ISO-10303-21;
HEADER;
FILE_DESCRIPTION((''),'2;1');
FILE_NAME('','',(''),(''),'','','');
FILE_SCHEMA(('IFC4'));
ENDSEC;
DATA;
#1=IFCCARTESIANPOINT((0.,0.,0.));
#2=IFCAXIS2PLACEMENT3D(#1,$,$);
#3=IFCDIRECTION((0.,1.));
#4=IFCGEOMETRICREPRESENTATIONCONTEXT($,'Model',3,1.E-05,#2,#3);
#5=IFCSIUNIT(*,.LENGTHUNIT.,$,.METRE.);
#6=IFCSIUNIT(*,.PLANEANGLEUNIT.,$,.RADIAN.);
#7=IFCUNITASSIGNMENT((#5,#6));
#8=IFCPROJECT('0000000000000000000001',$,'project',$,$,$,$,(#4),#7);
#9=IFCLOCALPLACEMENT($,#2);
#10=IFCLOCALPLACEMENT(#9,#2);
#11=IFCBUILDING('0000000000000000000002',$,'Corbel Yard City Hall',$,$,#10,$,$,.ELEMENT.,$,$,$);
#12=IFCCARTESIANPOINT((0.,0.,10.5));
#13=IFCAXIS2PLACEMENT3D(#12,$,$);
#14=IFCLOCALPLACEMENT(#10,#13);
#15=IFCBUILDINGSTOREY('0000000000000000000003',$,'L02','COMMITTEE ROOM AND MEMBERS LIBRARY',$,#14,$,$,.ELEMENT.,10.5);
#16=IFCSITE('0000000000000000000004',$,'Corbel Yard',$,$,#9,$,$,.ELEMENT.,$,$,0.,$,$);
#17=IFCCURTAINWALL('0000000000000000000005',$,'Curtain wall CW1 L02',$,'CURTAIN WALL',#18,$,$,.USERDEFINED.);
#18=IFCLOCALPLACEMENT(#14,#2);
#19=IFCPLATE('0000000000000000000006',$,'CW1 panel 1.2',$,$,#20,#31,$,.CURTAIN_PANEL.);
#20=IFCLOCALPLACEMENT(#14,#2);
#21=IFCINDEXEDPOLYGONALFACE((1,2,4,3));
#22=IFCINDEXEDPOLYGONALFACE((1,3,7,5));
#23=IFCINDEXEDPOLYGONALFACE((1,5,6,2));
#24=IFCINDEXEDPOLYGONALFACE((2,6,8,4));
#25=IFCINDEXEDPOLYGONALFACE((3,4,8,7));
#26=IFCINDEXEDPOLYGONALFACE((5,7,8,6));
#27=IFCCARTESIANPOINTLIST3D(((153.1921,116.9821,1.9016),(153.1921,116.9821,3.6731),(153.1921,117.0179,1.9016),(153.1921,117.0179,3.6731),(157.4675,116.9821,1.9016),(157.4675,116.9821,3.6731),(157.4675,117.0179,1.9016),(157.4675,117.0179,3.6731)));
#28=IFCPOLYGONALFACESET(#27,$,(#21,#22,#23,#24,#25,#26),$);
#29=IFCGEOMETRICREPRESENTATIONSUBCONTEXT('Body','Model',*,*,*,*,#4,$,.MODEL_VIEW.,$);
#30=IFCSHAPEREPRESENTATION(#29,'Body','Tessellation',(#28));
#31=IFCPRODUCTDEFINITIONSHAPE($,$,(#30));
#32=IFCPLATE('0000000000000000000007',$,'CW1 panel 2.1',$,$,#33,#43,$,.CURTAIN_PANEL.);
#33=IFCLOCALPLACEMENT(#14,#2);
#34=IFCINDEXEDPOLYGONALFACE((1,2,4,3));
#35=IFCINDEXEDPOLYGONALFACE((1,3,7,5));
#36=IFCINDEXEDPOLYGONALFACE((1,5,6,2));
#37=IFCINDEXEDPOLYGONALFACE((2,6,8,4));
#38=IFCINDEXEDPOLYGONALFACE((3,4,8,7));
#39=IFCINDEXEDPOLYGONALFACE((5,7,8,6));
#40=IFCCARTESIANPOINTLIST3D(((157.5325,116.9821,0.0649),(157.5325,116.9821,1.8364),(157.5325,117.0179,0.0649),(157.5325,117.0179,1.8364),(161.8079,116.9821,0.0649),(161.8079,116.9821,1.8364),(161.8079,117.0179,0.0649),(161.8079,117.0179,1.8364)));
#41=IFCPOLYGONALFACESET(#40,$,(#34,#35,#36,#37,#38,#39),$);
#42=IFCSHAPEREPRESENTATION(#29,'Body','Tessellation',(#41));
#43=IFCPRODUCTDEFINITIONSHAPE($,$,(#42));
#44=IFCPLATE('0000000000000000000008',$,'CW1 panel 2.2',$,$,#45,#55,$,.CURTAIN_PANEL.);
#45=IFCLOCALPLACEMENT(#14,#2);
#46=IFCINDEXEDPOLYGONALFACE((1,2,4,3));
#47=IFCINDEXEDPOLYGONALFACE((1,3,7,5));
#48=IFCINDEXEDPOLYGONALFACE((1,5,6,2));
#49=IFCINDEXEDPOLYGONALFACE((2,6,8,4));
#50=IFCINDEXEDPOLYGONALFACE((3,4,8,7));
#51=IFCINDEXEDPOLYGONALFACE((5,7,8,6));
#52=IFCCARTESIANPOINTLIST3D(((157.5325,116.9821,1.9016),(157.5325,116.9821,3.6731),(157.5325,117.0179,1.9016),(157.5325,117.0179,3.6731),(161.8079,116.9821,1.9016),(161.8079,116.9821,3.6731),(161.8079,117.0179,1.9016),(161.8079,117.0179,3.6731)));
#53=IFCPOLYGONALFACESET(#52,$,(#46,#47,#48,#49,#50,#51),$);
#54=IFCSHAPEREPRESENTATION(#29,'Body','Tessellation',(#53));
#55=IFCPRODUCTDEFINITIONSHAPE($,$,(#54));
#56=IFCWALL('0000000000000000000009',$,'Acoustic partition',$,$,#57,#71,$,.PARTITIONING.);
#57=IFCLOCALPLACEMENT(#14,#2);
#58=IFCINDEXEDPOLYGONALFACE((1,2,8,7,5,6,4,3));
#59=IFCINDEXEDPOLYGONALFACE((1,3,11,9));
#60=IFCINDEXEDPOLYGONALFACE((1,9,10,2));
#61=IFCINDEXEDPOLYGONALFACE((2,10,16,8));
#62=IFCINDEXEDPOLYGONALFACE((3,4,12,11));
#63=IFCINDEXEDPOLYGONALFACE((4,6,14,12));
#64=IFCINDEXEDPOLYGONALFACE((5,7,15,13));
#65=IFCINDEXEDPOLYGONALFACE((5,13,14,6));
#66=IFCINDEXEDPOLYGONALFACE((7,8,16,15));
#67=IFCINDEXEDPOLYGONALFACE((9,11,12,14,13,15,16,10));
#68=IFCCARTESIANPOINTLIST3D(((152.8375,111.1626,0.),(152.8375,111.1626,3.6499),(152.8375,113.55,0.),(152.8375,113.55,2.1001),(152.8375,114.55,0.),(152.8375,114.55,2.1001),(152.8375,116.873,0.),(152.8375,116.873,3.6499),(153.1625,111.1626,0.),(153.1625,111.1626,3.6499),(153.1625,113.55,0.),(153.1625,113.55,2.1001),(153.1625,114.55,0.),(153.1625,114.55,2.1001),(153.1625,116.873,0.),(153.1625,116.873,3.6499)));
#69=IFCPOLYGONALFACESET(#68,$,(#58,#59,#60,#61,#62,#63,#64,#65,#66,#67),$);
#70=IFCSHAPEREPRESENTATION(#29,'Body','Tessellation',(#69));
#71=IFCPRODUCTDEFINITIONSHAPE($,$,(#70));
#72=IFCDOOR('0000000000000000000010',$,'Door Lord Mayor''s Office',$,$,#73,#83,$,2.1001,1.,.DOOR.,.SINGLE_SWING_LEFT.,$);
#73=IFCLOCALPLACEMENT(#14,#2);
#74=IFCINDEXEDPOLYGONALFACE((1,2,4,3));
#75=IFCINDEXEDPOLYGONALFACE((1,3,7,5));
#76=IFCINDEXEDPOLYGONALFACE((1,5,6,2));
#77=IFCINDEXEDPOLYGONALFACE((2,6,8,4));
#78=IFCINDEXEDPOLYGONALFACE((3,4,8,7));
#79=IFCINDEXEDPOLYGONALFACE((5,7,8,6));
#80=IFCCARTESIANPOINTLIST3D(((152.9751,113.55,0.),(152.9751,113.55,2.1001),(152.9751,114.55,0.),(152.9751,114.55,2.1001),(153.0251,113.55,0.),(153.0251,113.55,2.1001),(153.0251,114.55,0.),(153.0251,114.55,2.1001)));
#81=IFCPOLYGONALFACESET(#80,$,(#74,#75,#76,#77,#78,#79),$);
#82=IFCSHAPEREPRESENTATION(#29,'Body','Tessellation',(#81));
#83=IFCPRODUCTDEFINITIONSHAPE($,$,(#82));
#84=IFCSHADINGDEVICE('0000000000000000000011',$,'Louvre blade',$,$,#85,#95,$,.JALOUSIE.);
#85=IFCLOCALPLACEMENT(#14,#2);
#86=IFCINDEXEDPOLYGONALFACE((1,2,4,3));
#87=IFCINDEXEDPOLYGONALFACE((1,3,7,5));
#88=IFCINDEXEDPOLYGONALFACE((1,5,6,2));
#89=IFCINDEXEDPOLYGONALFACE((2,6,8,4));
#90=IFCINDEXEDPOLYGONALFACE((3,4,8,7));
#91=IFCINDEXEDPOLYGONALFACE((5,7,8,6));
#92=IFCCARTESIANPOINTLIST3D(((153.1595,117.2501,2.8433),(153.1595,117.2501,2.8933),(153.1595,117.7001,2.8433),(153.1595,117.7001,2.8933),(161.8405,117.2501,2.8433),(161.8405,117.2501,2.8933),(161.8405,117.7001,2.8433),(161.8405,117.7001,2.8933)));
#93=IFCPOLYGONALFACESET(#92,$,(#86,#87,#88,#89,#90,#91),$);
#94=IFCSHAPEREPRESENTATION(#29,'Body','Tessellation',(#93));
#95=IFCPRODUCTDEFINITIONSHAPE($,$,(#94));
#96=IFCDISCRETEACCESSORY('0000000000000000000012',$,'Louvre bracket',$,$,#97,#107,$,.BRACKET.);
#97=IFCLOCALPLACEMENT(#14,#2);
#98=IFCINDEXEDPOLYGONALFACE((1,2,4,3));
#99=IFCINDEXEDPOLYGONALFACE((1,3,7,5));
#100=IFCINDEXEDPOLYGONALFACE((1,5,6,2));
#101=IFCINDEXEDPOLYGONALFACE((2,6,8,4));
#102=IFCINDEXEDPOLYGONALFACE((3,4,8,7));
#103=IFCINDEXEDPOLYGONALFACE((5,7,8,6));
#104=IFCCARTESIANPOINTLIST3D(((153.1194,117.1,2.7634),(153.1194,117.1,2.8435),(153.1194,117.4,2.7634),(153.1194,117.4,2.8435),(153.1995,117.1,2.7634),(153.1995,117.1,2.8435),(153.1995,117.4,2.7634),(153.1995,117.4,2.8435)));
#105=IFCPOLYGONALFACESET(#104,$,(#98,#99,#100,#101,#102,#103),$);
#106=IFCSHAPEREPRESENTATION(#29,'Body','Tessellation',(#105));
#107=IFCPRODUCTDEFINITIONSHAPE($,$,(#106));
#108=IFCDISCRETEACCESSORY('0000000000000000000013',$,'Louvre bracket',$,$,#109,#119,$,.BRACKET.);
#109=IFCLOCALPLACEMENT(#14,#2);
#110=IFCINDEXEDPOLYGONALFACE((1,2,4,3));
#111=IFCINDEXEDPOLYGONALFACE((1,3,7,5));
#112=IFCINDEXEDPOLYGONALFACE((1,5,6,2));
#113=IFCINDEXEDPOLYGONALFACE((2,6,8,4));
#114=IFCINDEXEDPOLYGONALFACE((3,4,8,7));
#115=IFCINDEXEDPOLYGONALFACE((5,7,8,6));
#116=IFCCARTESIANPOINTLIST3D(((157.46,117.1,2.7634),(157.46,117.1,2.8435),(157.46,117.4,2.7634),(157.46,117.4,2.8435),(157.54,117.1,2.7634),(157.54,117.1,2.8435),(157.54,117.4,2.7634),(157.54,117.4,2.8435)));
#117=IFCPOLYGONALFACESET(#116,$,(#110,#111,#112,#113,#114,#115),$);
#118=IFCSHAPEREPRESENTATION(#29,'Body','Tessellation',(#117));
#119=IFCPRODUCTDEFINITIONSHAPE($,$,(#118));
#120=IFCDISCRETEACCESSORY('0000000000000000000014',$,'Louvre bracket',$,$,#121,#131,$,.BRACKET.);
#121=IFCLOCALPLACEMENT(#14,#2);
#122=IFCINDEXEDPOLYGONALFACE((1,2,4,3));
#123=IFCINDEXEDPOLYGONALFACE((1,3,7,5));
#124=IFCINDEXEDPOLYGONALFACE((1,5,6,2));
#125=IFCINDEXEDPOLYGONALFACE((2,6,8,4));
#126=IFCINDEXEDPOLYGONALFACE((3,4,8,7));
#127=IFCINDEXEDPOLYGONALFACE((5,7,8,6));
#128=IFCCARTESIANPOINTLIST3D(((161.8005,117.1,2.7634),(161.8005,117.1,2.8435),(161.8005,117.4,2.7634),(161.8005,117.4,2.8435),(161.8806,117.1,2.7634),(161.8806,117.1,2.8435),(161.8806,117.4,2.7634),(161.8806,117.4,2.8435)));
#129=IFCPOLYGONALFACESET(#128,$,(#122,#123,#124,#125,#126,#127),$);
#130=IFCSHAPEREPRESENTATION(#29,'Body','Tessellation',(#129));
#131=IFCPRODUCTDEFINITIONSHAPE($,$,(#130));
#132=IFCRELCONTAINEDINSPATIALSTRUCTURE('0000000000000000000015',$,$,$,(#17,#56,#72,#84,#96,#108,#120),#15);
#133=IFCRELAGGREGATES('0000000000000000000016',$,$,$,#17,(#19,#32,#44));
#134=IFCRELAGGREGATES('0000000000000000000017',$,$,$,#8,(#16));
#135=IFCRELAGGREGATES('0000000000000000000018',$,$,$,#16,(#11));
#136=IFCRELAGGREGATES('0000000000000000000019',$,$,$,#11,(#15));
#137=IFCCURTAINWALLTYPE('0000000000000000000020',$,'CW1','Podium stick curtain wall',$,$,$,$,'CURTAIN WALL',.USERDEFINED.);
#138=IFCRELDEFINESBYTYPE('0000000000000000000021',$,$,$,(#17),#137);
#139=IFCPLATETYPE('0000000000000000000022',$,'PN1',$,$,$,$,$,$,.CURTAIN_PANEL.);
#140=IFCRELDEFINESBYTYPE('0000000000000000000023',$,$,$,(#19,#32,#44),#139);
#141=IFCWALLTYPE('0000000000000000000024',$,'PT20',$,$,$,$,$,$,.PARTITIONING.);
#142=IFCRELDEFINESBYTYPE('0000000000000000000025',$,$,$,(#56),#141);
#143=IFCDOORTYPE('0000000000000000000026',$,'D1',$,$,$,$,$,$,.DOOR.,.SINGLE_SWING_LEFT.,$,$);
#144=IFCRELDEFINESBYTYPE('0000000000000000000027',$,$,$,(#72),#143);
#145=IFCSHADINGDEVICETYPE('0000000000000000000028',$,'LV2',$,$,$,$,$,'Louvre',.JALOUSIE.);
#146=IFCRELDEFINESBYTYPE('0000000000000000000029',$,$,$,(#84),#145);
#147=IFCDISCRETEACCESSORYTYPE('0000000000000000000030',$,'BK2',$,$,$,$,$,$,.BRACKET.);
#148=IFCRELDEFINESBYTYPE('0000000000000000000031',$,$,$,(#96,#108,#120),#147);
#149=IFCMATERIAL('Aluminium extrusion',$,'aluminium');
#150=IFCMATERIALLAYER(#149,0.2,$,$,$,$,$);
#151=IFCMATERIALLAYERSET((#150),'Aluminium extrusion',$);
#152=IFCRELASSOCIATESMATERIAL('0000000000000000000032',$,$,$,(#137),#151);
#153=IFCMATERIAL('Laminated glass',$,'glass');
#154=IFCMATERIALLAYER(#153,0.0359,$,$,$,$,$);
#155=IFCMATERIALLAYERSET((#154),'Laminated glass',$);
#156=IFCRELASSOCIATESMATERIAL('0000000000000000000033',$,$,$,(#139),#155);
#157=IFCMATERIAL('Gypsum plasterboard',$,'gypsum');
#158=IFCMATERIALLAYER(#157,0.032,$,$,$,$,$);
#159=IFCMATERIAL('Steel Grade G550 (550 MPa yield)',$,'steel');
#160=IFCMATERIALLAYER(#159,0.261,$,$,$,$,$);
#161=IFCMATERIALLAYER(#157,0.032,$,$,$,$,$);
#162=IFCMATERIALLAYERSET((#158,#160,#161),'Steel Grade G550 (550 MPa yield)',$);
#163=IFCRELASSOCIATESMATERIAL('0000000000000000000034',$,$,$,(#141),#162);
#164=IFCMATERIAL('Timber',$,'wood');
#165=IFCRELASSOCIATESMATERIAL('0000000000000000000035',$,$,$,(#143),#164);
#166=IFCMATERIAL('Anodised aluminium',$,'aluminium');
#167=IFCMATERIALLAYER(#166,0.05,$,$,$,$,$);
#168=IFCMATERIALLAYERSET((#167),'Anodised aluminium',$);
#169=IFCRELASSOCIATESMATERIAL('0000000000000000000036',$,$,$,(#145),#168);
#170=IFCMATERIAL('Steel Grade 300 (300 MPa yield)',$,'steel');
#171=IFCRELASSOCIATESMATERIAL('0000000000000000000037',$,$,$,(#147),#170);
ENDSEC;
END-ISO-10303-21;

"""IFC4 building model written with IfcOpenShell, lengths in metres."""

from ifc_helpers import new_model, si_unit, direction, frame, frame_2d, origin, origin_2d, place, context, subcontext, project, spatial, rectangle, extrude, material, layer, layer_set, type_object, element, fill, aggregate, save


model = new_model("IFC4")

# Units and contexts
model_context = context("Model", 3, precision=1e-05, world=origin(), true_north=direction((0.0, 1.0)))
body_context = subcontext(model_context, "Body", "Model", "MODEL_VIEW")
ifc_project = project(units=[si_unit("LENGTHUNIT", "METRE"), si_unit("PLANEANGLEUNIT", "RADIAN")], contexts=[model_context])

# Site, building, storey
site_placement = place(None, origin())
site = spatial("IfcSite", under=ifc_project, at=site_placement, Name="Corbel Yard", CompositionType="ELEMENT", RefElevation=0.0)
building_placement = place(site_placement, origin())
building = spatial("IfcBuilding", under=site, at=building_placement, Name="Corbel Yard City Hall", CompositionType="ELEMENT")
storey_placement = place(building_placement, frame((0.0, 0.0, 10.5)))
storey = spatial("IfcBuildingStorey", under=building, at=storey_placement, Name="L02", Description="COMMITTEE ROOM AND MEMBERS LIBRARY", CompositionType="ELEMENT", Elevation=10.5)

# Shared definitions
ifc_material_1 = material(Name="Steel Grade 300 (300 MPa yield)", Category="steel")

# Curtain wall, plates
ifc_material_2 = material(Name="Aluminium extrusion", Category="aluminium")
ifc_layer_1 = layer(ifc_material_2, 0.2)
ifc_layer_set_1 = layer_set([ifc_layer_1], Name="Aluminium extrusion")
curtain_wall_type = type_object("IfcCurtainWallType", Name="CW1", Description="Podium stick curtain wall", ElementType="CURTAIN WALL", PredefinedType="USERDEFINED", material=ifc_layer_set_1)
curtain_wall_placement = place(storey_placement, origin())
curtain_wall = element("IfcCurtainWall", 1, at=curtain_wall_placement, inside=storey, type_object=curtain_wall_type, Name="Curtain wall CW1 L02", ObjectType="CURTAIN WALL", PredefinedType="USERDEFINED")
ifc_material_3 = material(Name="Laminated glass", Category="glass")
ifc_layer_2 = layer(ifc_material_3, 0.0359)
ifc_layer_set_2 = layer_set([ifc_layer_2], Name="Laminated glass")
plate_type = type_object("IfcPlateType", Name="PN1", PredefinedType="CURTAIN_PANEL", material=ifc_layer_set_2)
plate_1_placement = place(storey_placement, frame((155.3298, 117.0, 1.9016), z_axis=(0.0, 0.0, 1.0), x_axis=(1.0, 0.0, 0.0)))
plate_1 = element("IfcPlate", 2, at=plate_1_placement, type_object=plate_type, Name="CW1 panel 1.2", PredefinedType="CURTAIN_PANEL", context=body_context, shape_type="SweptSolid", body=[
    extrude(rectangle(XDim=4.2754, YDim=0.0359, at=origin_2d()), origin(), (0.0, 0.0, 1.0), 1.7715),
])
plate_2_placement = place(storey_placement, frame((159.6702, 117.0, 0.0649), z_axis=(0.0, 0.0, 1.0), x_axis=(1.0, 0.0, 0.0)))
plate_2 = element("IfcPlate", 3, at=plate_2_placement, type_object=plate_type, Name="CW1 panel 2.1", PredefinedType="CURTAIN_PANEL", context=body_context, shape_type="SweptSolid", body=[
    extrude(rectangle(XDim=4.2754, YDim=0.0359, at=origin_2d()), origin(), (0.0, 0.0, 1.0), 1.7715),
])
plate_3_placement = place(storey_placement, frame((159.6702, 117.0, 1.9016), z_axis=(0.0, 0.0, 1.0), x_axis=(1.0, 0.0, 0.0)))
plate_3 = element("IfcPlate", 4, at=plate_3_placement, type_object=plate_type, Name="CW1 panel 2.2", PredefinedType="CURTAIN_PANEL", context=body_context, shape_type="SweptSolid", body=[
    extrude(rectangle(XDim=4.2754, YDim=0.0359, at=origin_2d()), origin(), (0.0, 0.0, 1.0), 1.7715),
])
aggregate(curtain_wall, [plate_1, plate_2, plate_3])

# Wall, opening, door
ifc_material_4 = material(Name="Gypsum plasterboard", Category="gypsum")
ifc_layer_3 = layer(ifc_material_4, 0.032)
ifc_material_5 = material(Name="Steel Grade G550 (550 MPa yield)", Category="steel")
ifc_layer_4 = layer(ifc_material_5, 0.261)
ifc_layer_5 = layer(ifc_material_4, 0.032)
ifc_layer_set_3 = layer_set([ifc_layer_3, ifc_layer_4, ifc_layer_5], Name="Steel Grade G550 (550 MPa yield)")
wall_type = type_object("IfcWallType", Name="PT20", PredefinedType="PARTITIONING", material=ifc_layer_set_3)
wall_placement = place(storey_placement, frame((153.0, 111.1626, 0.0), z_axis=(0.0, 0.0, 1.0), x_axis=(0.0, 1.0, 0.0)))
wall = element("IfcWall", 5, at=wall_placement, inside=storey, type_object=wall_type, Name="Acoustic partition", PredefinedType="PARTITIONING", context=body_context, shape_type="SweptSolid", body=[
    extrude(rectangle(XDim=5.7104, YDim=0.325, at=frame_2d((2.8552, 0.0))), origin(), (0.0, 0.0, 1.0), 3.6499),
])
opening_placement = place(wall_placement, frame((2.3875, 0.0, 0.0)))
opening = element("IfcOpeningElement", 6, at=opening_placement, cuts=wall, PredefinedType="OPENING", context=body_context, shape_type="SweptSolid", body=[
    extrude(rectangle(XDim=1.0, YDim=2.1001, at=frame_2d((0.5, 1.05))), frame((0.0, 0.1724, 0.0), z_axis=(0.0, -1.0, 0.0), x_axis=(1.0, 0.0, 0.0)), (0.0, 0.0, 1.0), 0.345),
])
ifc_material_6 = material(Name="Timber", Category="wood")
door_type = type_object("IfcDoorType", Name="D1", OperationType="SINGLE_SWING_LEFT", PredefinedType="DOOR", material=ifc_material_6)
door_placement = place(opening_placement, origin())
door = element("IfcDoor", 7, at=door_placement, inside=storey, type_object=door_type, Name="Door Lord Mayor's Office", OperationType="SINGLE_SWING_LEFT", OverallHeight=2.1001, OverallWidth=1.0, PredefinedType="DOOR", context=body_context, shape_type="SweptSolid", body=[
    extrude(rectangle(XDim=1.0, YDim=2.1001, at=frame_2d((0.5, 1.05))), frame((0.0, 0.0249, 0.0), z_axis=(0.0, -1.0, 0.0), x_axis=(1.0, 0.0, 0.0)), (0.0, 0.0, 1.0), 0.05),
])
fill(opening, door)

# Shading device
ifc_material_7 = material(Name="Anodised aluminium", Category="aluminium")
ifc_layer_6 = layer(ifc_material_7, 0.05)
ifc_layer_set_4 = layer_set([ifc_layer_6], Name="Anodised aluminium")
shading_device_type = type_object("IfcShadingDeviceType", Name="LV2", ElementType="Louvre", PredefinedType="JALOUSIE", material=ifc_layer_set_4)
shading_device_placement = place(storey_placement, frame((157.5, 117.4751, 2.8433), z_axis=(0.0, 0.0, 1.0), x_axis=(1.0, 0.0, 0.0)))
element("IfcShadingDevice", 8, at=shading_device_placement, inside=storey, type_object=shading_device_type, Name="Louvre blade", PredefinedType="JALOUSIE", context=body_context, shape_type="SweptSolid", body=[
    extrude(rectangle(XDim=8.6809, YDim=0.45, at=origin_2d()), origin(), (0.0, 0.0, 1.0), 0.05),
])

# Discrete accessories
discrete_accessory_type = type_object("IfcDiscreteAccessoryType", Name="BK2", PredefinedType="BRACKET", material=ifc_material_1)
for number, where, z_axis, x_axis, name in (
    (9, (153.1594, 117.25, 2.7634), (0.0, 0.0, 1.0), (1.0, 0.0, 0.0), "Louvre bracket"),
    (10, (157.5, 117.25, 2.7634), (0.0, 0.0, 1.0), (1.0, 0.0, 0.0), "Louvre bracket"),
    (11, (161.8406, 117.25, 2.7634), (0.0, 0.0, 1.0), (1.0, 0.0, 0.0), "Louvre bracket"),
):
    element("IfcDiscreteAccessory", number, at=place(storey_placement, frame(where, z_axis=z_axis, x_axis=x_axis)), inside=storey, type_object=discrete_accessory_type, Name=name, PredefinedType="BRACKET", context=body_context, shape_type="SweptSolid", body=[
        extrude(rectangle(XDim=0.0801, YDim=0.3, at=origin_2d()), origin(), (0.0, 0.0, 1.0), 0.0801),
    ])

save(model, "model.ifc")
